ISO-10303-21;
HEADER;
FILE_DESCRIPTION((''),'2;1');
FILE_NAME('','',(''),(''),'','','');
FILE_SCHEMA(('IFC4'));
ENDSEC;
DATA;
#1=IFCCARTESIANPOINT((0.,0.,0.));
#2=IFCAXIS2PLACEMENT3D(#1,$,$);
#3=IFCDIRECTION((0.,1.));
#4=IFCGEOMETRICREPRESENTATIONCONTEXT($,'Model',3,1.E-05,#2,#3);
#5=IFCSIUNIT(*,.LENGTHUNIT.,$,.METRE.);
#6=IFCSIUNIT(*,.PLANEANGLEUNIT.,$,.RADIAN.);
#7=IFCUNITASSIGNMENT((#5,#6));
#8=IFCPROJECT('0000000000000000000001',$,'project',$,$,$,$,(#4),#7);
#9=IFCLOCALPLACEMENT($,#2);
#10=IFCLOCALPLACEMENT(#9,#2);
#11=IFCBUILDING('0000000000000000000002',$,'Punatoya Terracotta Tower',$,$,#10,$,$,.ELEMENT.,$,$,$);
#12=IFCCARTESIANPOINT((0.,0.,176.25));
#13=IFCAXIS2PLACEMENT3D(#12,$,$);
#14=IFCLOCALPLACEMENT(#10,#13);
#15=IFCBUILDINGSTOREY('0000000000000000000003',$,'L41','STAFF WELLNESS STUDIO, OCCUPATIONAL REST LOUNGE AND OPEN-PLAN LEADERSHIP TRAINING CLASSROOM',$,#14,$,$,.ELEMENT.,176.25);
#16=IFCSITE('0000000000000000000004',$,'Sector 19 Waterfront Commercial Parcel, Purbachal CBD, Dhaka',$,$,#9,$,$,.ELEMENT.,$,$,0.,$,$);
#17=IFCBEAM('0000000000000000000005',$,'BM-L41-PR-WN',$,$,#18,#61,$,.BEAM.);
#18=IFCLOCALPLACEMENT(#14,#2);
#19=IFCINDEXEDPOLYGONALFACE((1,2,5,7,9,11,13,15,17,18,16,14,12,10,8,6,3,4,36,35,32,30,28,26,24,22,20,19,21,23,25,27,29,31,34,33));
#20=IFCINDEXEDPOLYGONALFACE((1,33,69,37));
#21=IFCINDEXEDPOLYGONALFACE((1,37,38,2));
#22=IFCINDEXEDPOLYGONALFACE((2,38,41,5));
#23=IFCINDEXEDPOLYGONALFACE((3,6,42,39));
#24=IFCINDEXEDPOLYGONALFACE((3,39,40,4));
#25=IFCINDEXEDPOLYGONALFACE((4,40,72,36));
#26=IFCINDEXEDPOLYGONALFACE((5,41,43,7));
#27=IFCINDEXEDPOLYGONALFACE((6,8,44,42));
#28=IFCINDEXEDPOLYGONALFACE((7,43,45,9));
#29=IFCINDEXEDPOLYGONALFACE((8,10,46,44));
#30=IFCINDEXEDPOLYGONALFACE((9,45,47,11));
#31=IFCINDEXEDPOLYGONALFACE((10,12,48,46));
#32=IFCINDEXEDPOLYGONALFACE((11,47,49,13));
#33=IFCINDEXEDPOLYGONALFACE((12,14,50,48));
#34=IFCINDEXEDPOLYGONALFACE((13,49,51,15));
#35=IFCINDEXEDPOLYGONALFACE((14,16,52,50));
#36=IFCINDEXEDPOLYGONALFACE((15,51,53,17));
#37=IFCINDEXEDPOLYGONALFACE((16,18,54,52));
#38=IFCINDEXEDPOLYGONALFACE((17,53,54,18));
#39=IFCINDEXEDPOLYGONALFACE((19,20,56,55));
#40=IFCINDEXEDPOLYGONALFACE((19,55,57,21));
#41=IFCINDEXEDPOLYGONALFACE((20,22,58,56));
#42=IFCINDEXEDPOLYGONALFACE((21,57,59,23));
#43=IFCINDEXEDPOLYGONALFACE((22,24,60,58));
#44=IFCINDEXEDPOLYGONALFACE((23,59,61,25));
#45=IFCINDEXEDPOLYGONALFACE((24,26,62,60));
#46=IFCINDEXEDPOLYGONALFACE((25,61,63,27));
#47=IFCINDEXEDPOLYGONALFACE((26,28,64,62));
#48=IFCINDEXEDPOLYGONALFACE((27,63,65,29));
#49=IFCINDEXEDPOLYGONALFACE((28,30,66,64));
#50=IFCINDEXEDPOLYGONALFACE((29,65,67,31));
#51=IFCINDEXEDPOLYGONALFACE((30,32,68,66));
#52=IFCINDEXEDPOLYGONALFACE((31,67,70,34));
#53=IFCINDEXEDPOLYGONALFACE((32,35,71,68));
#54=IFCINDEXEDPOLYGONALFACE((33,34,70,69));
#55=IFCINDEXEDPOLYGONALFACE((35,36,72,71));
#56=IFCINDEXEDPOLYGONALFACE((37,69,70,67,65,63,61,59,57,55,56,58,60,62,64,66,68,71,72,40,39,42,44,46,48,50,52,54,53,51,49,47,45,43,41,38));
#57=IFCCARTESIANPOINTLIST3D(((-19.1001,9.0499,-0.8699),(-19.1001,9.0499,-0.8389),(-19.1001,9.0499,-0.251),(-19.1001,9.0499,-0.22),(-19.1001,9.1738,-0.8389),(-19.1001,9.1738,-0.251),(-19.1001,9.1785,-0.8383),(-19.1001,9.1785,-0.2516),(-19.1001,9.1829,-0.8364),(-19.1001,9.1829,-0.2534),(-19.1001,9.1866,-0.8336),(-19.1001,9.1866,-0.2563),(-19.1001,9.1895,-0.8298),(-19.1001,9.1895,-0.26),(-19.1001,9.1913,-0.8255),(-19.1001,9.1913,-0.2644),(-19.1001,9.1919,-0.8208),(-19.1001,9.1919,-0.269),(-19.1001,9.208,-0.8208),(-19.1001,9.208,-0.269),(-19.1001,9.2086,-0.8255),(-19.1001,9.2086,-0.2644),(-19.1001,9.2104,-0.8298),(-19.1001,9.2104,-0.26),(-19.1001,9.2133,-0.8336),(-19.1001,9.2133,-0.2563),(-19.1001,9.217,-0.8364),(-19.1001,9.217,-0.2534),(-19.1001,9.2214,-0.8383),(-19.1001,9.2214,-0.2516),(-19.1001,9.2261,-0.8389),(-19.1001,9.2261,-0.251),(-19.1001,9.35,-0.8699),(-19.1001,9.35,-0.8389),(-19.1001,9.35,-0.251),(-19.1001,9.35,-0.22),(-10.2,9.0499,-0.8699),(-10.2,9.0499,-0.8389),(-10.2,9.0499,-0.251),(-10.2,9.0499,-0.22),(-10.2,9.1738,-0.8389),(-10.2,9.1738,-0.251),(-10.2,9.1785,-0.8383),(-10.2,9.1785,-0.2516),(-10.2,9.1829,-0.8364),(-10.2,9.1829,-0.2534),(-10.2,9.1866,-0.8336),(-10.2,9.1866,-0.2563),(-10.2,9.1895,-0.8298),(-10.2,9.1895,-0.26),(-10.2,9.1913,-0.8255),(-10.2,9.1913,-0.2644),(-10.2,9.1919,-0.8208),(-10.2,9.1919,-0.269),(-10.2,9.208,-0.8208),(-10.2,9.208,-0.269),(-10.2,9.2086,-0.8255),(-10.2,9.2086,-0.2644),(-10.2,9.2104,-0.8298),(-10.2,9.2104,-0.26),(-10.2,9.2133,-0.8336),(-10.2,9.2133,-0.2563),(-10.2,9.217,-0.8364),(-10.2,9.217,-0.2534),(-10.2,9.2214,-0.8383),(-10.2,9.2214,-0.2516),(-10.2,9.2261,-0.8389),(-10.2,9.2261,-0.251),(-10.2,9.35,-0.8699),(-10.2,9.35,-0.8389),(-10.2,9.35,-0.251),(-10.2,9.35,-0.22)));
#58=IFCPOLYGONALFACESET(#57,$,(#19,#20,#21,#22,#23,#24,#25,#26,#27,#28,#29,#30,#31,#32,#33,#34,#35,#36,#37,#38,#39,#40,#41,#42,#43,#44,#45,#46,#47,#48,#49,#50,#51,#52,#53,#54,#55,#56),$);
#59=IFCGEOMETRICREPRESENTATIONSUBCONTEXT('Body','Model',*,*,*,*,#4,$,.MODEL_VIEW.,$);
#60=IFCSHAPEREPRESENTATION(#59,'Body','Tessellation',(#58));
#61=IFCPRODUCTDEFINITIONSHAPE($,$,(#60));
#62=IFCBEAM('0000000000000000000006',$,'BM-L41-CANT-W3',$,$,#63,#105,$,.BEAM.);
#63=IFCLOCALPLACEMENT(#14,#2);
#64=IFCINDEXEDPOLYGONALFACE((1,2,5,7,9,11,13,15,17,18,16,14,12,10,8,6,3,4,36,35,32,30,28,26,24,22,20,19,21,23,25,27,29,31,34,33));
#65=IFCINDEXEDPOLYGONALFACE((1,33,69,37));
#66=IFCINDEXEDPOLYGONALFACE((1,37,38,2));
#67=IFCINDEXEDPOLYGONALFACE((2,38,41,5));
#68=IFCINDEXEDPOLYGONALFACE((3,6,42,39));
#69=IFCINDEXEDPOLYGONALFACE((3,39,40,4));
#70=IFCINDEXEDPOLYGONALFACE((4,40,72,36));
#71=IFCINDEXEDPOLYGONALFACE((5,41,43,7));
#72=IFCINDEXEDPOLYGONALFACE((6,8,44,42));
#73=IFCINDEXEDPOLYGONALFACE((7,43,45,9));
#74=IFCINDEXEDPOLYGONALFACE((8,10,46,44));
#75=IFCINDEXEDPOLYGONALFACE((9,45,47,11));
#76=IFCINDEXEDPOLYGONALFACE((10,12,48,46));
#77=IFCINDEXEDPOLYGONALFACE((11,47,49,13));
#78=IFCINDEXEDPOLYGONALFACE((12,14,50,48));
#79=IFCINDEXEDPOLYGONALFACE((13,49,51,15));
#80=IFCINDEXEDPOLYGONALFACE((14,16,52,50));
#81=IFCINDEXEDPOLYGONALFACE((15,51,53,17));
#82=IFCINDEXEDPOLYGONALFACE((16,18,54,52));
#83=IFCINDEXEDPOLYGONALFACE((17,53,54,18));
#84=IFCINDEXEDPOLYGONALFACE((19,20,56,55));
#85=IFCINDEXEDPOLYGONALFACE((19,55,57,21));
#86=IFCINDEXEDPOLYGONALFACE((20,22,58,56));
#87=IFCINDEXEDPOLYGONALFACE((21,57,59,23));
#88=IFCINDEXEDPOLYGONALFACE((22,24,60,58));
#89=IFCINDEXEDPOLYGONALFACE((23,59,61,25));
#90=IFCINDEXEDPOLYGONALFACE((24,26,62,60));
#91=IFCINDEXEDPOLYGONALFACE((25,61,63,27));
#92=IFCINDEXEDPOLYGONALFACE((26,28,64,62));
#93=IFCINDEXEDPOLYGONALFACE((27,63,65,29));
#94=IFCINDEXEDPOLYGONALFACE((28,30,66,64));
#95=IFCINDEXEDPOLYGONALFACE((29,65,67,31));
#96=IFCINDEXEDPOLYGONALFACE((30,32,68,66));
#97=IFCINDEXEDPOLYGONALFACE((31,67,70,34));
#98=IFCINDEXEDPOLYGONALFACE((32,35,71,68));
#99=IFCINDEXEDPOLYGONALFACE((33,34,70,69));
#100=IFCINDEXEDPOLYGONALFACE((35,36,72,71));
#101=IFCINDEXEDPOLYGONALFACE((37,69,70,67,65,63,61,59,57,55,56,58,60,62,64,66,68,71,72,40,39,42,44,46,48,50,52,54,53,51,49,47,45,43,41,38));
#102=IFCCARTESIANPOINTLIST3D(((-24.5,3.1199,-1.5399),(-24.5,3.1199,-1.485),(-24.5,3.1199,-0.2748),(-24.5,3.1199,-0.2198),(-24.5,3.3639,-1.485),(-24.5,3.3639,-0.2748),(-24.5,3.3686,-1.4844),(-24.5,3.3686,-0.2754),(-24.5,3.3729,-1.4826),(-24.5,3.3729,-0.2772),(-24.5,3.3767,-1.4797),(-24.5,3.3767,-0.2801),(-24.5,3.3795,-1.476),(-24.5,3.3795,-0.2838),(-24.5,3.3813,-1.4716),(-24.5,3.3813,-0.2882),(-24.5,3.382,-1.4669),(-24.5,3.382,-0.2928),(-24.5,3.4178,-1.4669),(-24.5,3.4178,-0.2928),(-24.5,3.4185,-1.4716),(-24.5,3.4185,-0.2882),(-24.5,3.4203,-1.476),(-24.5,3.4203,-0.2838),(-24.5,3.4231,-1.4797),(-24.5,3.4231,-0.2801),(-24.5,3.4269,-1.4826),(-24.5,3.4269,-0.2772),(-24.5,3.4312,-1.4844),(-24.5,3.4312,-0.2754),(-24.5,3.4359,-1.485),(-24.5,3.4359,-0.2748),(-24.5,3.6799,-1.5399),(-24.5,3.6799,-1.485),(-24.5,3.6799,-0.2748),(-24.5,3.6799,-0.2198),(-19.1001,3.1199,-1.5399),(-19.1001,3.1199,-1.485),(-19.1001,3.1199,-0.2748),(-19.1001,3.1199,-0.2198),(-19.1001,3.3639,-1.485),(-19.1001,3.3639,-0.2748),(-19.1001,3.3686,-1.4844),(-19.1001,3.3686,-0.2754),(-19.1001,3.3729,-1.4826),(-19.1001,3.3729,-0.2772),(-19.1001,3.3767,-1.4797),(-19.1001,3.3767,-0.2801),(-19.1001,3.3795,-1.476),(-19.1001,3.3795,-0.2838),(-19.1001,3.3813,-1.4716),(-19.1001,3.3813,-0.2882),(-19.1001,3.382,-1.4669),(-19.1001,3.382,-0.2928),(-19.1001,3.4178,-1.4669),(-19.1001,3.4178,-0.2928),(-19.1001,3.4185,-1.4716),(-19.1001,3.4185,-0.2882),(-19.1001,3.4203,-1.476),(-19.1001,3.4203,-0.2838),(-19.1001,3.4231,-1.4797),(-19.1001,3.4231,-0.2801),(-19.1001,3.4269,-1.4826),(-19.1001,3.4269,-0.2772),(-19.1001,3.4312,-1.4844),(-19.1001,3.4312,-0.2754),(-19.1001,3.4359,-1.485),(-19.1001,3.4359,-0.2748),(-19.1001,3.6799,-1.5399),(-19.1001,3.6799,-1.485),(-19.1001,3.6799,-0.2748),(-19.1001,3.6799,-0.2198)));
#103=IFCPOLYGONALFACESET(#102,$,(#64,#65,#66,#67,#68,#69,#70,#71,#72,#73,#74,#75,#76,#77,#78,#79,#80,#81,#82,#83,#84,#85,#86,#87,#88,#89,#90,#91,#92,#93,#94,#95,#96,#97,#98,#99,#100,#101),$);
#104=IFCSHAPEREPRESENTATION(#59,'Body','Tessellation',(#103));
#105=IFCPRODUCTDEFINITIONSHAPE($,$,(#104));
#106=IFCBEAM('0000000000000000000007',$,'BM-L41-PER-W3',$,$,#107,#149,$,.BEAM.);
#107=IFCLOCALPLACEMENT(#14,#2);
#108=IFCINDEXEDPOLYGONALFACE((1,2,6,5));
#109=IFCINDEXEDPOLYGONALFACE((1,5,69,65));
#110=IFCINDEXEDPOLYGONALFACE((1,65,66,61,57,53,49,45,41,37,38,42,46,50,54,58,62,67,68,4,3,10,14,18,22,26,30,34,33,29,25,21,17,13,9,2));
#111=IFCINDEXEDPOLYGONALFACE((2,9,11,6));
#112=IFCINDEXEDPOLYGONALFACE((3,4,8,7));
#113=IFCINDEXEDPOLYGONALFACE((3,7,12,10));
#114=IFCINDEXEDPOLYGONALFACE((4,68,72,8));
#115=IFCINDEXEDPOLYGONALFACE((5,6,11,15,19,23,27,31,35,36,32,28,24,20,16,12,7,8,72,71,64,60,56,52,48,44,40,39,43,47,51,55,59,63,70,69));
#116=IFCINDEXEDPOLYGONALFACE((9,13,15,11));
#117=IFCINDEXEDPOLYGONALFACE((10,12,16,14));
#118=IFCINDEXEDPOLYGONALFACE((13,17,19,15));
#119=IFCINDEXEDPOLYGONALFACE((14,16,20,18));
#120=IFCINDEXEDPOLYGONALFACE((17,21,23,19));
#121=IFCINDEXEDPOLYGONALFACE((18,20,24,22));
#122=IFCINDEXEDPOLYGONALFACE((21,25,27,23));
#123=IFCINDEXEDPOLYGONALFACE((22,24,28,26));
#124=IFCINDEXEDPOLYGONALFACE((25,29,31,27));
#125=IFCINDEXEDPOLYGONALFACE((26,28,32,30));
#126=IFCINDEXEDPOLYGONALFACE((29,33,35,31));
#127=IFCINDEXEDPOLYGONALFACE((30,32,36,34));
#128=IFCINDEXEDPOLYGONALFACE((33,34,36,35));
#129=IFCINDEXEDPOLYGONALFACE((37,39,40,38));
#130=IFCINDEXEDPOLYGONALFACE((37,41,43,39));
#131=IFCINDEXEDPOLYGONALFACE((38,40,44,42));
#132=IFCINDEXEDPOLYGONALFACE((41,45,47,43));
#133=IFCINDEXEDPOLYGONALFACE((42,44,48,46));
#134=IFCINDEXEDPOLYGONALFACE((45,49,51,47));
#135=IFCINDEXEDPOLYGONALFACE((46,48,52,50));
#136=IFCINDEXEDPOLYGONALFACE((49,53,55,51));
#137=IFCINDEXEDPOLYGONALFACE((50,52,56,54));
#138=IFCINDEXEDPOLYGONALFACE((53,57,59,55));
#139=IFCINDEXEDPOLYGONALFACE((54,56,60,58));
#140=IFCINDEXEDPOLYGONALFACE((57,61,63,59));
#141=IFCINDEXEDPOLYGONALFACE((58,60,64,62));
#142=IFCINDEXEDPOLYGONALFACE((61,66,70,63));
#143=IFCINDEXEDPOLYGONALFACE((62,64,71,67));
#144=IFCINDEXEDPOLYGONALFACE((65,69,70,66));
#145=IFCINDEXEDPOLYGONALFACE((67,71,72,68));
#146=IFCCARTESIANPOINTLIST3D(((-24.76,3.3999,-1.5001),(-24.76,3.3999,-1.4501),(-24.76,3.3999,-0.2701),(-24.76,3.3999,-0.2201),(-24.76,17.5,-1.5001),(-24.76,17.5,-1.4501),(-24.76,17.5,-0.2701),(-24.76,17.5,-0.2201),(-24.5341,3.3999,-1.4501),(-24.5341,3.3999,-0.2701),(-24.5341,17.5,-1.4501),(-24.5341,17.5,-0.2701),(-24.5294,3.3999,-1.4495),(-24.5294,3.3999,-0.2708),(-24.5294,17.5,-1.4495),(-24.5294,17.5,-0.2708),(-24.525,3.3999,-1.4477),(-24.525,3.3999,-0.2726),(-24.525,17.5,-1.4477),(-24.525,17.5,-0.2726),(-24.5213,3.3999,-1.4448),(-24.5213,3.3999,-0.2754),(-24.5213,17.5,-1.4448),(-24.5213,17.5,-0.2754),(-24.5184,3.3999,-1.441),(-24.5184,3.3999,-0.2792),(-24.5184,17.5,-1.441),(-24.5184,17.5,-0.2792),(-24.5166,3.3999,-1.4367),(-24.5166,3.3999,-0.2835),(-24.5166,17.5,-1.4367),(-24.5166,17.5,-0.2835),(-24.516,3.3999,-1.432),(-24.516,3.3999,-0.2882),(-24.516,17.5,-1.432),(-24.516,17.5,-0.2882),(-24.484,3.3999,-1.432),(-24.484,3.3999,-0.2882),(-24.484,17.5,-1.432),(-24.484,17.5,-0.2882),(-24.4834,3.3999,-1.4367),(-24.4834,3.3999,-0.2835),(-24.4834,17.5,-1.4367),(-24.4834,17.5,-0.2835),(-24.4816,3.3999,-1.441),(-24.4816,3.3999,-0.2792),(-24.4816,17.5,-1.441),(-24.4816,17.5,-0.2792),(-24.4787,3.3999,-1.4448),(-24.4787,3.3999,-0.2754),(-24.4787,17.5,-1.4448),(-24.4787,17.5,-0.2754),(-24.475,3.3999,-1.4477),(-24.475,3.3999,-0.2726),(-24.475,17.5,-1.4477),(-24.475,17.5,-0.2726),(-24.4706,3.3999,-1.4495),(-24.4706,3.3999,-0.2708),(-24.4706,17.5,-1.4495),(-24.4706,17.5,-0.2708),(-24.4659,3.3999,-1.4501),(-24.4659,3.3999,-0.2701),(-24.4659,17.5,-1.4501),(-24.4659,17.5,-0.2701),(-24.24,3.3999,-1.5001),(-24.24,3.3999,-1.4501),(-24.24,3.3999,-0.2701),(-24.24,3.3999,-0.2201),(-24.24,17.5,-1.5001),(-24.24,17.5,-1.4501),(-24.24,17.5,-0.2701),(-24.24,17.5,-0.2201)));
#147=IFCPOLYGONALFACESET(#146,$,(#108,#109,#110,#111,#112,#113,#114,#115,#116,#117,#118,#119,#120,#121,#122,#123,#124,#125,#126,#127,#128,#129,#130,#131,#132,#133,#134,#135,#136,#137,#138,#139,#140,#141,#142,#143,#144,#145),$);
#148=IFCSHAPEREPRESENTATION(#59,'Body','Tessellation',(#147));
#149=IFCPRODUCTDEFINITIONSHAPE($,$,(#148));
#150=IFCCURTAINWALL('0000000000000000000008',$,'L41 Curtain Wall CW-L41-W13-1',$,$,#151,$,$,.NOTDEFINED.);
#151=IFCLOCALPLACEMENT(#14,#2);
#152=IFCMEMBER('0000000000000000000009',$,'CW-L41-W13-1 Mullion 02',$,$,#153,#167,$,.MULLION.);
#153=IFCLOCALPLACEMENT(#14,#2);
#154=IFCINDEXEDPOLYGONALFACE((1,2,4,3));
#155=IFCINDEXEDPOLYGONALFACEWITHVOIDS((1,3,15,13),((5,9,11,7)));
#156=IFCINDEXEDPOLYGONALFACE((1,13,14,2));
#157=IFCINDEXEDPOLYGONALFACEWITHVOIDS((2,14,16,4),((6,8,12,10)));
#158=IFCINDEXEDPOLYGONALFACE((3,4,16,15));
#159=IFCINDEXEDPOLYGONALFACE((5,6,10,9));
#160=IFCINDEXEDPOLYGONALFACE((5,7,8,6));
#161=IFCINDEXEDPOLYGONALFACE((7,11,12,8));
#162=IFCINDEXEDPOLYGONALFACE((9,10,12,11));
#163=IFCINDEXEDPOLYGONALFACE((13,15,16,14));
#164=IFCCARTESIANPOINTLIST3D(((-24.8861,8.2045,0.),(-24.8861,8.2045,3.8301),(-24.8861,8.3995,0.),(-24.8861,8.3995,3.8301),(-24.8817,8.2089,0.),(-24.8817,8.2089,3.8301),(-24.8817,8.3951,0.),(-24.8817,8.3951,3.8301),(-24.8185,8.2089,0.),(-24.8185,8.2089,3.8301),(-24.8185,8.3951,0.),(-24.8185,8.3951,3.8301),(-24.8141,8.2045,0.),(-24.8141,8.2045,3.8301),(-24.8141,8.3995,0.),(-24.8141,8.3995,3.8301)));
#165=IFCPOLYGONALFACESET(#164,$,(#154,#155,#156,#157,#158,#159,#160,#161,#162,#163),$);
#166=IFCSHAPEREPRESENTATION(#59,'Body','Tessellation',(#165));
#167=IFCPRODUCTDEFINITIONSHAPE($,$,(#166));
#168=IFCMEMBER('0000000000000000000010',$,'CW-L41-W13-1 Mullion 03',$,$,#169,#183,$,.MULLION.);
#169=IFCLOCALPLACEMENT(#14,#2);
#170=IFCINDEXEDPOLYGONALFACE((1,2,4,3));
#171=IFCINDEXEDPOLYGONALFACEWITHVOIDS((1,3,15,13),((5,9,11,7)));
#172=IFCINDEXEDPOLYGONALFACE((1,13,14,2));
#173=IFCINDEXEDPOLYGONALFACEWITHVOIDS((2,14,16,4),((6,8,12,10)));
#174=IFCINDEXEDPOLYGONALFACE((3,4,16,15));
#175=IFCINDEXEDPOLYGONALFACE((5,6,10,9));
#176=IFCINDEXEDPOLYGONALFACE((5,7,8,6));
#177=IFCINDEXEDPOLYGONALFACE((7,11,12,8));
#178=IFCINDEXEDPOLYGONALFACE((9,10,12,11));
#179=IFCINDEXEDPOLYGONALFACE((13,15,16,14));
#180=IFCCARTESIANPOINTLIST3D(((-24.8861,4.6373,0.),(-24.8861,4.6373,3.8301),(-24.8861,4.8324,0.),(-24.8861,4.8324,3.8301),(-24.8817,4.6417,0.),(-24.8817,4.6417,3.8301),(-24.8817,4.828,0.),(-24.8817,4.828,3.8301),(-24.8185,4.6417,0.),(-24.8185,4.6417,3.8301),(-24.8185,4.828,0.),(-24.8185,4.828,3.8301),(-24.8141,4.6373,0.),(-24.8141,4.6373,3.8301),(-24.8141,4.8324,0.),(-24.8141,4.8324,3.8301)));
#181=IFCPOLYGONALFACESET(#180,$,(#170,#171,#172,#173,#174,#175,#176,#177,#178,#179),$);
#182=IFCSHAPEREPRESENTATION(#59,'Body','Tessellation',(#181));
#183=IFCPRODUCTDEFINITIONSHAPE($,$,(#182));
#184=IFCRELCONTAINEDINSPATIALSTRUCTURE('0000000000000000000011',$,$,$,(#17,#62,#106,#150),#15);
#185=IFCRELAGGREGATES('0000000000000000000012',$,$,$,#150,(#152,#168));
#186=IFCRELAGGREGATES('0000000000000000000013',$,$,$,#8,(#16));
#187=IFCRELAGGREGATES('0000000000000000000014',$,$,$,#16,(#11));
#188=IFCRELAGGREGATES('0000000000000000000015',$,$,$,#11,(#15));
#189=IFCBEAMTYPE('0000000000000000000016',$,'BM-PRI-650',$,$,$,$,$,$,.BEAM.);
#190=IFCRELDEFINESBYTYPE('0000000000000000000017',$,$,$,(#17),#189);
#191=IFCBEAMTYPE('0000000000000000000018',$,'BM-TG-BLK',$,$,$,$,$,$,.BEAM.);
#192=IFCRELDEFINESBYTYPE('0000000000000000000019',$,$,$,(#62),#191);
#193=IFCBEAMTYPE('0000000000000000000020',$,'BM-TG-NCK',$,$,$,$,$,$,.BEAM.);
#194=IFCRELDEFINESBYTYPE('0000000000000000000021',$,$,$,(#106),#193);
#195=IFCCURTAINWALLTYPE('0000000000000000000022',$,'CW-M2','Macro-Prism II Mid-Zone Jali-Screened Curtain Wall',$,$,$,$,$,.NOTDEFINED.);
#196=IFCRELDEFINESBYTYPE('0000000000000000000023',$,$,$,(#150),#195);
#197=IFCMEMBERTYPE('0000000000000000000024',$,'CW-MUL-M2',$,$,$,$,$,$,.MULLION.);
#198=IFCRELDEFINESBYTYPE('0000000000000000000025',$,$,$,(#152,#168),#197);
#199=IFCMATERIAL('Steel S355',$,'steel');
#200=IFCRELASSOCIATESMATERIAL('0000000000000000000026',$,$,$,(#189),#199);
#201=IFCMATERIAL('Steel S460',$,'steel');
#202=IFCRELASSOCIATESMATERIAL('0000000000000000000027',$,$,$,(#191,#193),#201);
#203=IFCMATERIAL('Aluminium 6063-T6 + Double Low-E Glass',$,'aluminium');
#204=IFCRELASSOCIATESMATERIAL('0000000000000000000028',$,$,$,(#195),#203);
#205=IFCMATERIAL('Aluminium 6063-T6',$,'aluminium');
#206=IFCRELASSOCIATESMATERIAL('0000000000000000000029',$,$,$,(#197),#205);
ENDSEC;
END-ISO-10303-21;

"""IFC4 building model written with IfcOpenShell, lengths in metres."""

from ifc_helpers import new_model, si_unit, direction, frame, origin, origin_2d, place, context, subcontext, project, spatial, hollow_rectangle, i_section, extrude, material, material_profile, profile_set, type_object, element, aggregate, save


model = new_model("IFC4")

# Units and contexts
model_context = context("Model", 3, precision=1e-05, world=origin(), true_north=direction((0.0, 1.0)))
body_context = subcontext(model_context, "Body", "Model", "MODEL_VIEW")
ifc_project = project(units=[si_unit("LENGTHUNIT", "METRE"), si_unit("PLANEANGLEUNIT", "RADIAN")], contexts=[model_context])

# Site, building, storey
site_placement = place(None, origin())
site = spatial("IfcSite", under=ifc_project, at=site_placement, Name="Sector 19 Waterfront Commercial Parcel, Purbachal CBD, Dhaka", CompositionType="ELEMENT", RefElevation=0.0)
building_placement = place(site_placement, origin())
building = spatial("IfcBuilding", under=site, at=building_placement, Name="Punatoya Terracotta Tower", CompositionType="ELEMENT")
storey_placement = place(building_placement, frame((0.0, 0.0, 176.25)))
storey = spatial("IfcBuildingStorey", under=building, at=storey_placement, Name="L41", Description="STAFF WELLNESS STUDIO, OCCUPATIONAL REST LOUNGE AND OPEN-PLAN LEADERSHIP TRAINING CLASSROOM", CompositionType="ELEMENT", Elevation=176.25)

# Shared definitions
ifc_material_1 = material(Name="Steel S460", Category="steel")

# Beams
ifc_material_2 = material(Name="Steel S355", Category="steel")
ifc_material_profile_1 = material_profile(ifc_material_2, i_section(OverallWidth=0.3, OverallDepth=0.6499, WebThickness=0.0161, FlangeThickness=0.031, FilletRadius=0.0181, at=origin_2d()))
ifc_profile_set_1 = profile_set([ifc_material_profile_1], Name="Steel S355")
beam_type_1 = type_object("IfcBeamType", Name="BM-PRI-650", PredefinedType="BEAM", material=ifc_profile_set_1)
for number, where, z_axis, x_axis, name in (
    (1, (-19.1001, 9.2, -0.5449), (1.0, 0.0, 0.0), (0.0, 1.0, 0.0), "BM-L41-PR-WN"),
):
    element("IfcBeam", number, at=place(storey_placement, frame(where, z_axis=z_axis, x_axis=x_axis)), inside=storey, type_object=beam_type_1, Name=name, PredefinedType="BEAM", context=body_context, shape_type="SweptSolid", body=[
        extrude(i_section(OverallWidth=0.3, OverallDepth=0.6499, WebThickness=0.0161, FlangeThickness=0.031, FilletRadius=0.0181, at=origin_2d()), origin(), (0.0, 0.0, 1.0), 8.9001),
    ])
ifc_material_profile_2 = material_profile(ifc_material_1, i_section(OverallWidth=0.5601, OverallDepth=1.3201, WebThickness=0.0359, FlangeThickness=0.0549, FilletRadius=0.0181, at=origin_2d()))
ifc_profile_set_2 = profile_set([ifc_material_profile_2], Name="Steel S460")
beam_type_2 = type_object("IfcBeamType", Name="BM-TG-BLK", PredefinedType="BEAM", material=ifc_profile_set_2)
beam_1_placement = place(storey_placement, frame((-24.5, 3.3999, -0.8799), z_axis=(1.0, 0.0, 0.0), x_axis=(0.0, 1.0, 0.0)))
element("IfcBeam", 2, at=beam_1_placement, inside=storey, type_object=beam_type_2, Name="BM-L41-CANT-W3", PredefinedType="BEAM", context=body_context, shape_type="SweptSolid", body=[
    extrude(i_section(OverallWidth=0.5601, OverallDepth=1.3201, WebThickness=0.0359, FlangeThickness=0.0549, FilletRadius=0.0181, at=origin_2d()), origin(), (0.0, 0.0, 1.0), 5.3999),
])
ifc_material_profile_3 = material_profile(ifc_material_1, i_section(OverallWidth=0.52, OverallDepth=1.28, WebThickness=0.032, FlangeThickness=0.05, FilletRadius=0.0181, at=origin_2d()))
ifc_profile_set_3 = profile_set([ifc_material_profile_3], Name="Steel S460")
beam_type_3 = type_object("IfcBeamType", Name="BM-TG-NCK", PredefinedType="BEAM", material=ifc_profile_set_3)
beam_2_placement = place(storey_placement, frame((-24.5, 3.3999, -0.8601), z_axis=(0.0, 1.0, 0.0), x_axis=(-1.0, 0.0, 0.0)))
element("IfcBeam", 3, at=beam_2_placement, inside=storey, type_object=beam_type_3, Name="BM-L41-PER-W3", PredefinedType="BEAM", context=body_context, shape_type="SweptSolid", body=[
    extrude(i_section(OverallWidth=0.52, OverallDepth=1.28, WebThickness=0.032, FlangeThickness=0.05, FilletRadius=0.0181, at=origin_2d()), origin(), (0.0, 0.0, 1.0), 14.1001),
])

# Curtain wall, members
ifc_material_3 = material(Name="Aluminium 6063-T6 + Double Low-E Glass", Category="aluminium")
curtain_wall_type = type_object("IfcCurtainWallType", Name="CW-M2", Description="Macro-Prism II Mid-Zone Jali-Screened Curtain Wall", PredefinedType="NOTDEFINED", material=ifc_material_3)
curtain_wall_placement = place(storey_placement, origin())
curtain_wall = element("IfcCurtainWall", 4, at=curtain_wall_placement, inside=storey, type_object=curtain_wall_type, Name="L41 Curtain Wall CW-L41-W13-1", PredefinedType="NOTDEFINED")
ifc_material_4 = material(Name="Aluminium 6063-T6", Category="aluminium")
ifc_material_profile_4 = material_profile(ifc_material_4, hollow_rectangle(XDim=0.072, YDim=0.1951, WallThickness=0.0044, at=origin_2d()))
ifc_profile_set_4 = profile_set([ifc_material_profile_4], Name="Aluminium 6063-T6")
member_type_1 = type_object("IfcMemberType", Name="CW-MUL-M2", PredefinedType="MULLION", material=ifc_profile_set_4)
member_1_placement = place(storey_placement, frame((-24.8501, 8.302, 0.0), z_axis=(0.0, 0.0, 1.0), x_axis=(1.0, 0.0, 0.0)))
member_1 = element("IfcMember", 5, at=member_1_placement, type_object=member_type_1, Name="CW-L41-W13-1 Mullion 02", PredefinedType="MULLION", context=body_context, shape_type="SweptSolid", body=[
    extrude(hollow_rectangle(XDim=0.072, YDim=0.1951, WallThickness=0.0044, at=origin_2d()), origin(), (0.0, 0.0, 1.0), 3.8301),
])
member_2_placement = place(storey_placement, frame((-24.8501, 4.7349, 0.0), z_axis=(0.0, 0.0, 1.0), x_axis=(1.0, 0.0, 0.0)))
member_2 = element("IfcMember", 6, at=member_2_placement, type_object=member_type_1, Name="CW-L41-W13-1 Mullion 03", PredefinedType="MULLION", context=body_context, shape_type="SweptSolid", body=[
    extrude(hollow_rectangle(XDim=0.072, YDim=0.1951, WallThickness=0.0044, at=origin_2d()), origin(), (0.0, 0.0, 1.0), 3.8301),
])

aggregate(curtain_wall, [member_1, member_2])

save(model, "model.ifc")
